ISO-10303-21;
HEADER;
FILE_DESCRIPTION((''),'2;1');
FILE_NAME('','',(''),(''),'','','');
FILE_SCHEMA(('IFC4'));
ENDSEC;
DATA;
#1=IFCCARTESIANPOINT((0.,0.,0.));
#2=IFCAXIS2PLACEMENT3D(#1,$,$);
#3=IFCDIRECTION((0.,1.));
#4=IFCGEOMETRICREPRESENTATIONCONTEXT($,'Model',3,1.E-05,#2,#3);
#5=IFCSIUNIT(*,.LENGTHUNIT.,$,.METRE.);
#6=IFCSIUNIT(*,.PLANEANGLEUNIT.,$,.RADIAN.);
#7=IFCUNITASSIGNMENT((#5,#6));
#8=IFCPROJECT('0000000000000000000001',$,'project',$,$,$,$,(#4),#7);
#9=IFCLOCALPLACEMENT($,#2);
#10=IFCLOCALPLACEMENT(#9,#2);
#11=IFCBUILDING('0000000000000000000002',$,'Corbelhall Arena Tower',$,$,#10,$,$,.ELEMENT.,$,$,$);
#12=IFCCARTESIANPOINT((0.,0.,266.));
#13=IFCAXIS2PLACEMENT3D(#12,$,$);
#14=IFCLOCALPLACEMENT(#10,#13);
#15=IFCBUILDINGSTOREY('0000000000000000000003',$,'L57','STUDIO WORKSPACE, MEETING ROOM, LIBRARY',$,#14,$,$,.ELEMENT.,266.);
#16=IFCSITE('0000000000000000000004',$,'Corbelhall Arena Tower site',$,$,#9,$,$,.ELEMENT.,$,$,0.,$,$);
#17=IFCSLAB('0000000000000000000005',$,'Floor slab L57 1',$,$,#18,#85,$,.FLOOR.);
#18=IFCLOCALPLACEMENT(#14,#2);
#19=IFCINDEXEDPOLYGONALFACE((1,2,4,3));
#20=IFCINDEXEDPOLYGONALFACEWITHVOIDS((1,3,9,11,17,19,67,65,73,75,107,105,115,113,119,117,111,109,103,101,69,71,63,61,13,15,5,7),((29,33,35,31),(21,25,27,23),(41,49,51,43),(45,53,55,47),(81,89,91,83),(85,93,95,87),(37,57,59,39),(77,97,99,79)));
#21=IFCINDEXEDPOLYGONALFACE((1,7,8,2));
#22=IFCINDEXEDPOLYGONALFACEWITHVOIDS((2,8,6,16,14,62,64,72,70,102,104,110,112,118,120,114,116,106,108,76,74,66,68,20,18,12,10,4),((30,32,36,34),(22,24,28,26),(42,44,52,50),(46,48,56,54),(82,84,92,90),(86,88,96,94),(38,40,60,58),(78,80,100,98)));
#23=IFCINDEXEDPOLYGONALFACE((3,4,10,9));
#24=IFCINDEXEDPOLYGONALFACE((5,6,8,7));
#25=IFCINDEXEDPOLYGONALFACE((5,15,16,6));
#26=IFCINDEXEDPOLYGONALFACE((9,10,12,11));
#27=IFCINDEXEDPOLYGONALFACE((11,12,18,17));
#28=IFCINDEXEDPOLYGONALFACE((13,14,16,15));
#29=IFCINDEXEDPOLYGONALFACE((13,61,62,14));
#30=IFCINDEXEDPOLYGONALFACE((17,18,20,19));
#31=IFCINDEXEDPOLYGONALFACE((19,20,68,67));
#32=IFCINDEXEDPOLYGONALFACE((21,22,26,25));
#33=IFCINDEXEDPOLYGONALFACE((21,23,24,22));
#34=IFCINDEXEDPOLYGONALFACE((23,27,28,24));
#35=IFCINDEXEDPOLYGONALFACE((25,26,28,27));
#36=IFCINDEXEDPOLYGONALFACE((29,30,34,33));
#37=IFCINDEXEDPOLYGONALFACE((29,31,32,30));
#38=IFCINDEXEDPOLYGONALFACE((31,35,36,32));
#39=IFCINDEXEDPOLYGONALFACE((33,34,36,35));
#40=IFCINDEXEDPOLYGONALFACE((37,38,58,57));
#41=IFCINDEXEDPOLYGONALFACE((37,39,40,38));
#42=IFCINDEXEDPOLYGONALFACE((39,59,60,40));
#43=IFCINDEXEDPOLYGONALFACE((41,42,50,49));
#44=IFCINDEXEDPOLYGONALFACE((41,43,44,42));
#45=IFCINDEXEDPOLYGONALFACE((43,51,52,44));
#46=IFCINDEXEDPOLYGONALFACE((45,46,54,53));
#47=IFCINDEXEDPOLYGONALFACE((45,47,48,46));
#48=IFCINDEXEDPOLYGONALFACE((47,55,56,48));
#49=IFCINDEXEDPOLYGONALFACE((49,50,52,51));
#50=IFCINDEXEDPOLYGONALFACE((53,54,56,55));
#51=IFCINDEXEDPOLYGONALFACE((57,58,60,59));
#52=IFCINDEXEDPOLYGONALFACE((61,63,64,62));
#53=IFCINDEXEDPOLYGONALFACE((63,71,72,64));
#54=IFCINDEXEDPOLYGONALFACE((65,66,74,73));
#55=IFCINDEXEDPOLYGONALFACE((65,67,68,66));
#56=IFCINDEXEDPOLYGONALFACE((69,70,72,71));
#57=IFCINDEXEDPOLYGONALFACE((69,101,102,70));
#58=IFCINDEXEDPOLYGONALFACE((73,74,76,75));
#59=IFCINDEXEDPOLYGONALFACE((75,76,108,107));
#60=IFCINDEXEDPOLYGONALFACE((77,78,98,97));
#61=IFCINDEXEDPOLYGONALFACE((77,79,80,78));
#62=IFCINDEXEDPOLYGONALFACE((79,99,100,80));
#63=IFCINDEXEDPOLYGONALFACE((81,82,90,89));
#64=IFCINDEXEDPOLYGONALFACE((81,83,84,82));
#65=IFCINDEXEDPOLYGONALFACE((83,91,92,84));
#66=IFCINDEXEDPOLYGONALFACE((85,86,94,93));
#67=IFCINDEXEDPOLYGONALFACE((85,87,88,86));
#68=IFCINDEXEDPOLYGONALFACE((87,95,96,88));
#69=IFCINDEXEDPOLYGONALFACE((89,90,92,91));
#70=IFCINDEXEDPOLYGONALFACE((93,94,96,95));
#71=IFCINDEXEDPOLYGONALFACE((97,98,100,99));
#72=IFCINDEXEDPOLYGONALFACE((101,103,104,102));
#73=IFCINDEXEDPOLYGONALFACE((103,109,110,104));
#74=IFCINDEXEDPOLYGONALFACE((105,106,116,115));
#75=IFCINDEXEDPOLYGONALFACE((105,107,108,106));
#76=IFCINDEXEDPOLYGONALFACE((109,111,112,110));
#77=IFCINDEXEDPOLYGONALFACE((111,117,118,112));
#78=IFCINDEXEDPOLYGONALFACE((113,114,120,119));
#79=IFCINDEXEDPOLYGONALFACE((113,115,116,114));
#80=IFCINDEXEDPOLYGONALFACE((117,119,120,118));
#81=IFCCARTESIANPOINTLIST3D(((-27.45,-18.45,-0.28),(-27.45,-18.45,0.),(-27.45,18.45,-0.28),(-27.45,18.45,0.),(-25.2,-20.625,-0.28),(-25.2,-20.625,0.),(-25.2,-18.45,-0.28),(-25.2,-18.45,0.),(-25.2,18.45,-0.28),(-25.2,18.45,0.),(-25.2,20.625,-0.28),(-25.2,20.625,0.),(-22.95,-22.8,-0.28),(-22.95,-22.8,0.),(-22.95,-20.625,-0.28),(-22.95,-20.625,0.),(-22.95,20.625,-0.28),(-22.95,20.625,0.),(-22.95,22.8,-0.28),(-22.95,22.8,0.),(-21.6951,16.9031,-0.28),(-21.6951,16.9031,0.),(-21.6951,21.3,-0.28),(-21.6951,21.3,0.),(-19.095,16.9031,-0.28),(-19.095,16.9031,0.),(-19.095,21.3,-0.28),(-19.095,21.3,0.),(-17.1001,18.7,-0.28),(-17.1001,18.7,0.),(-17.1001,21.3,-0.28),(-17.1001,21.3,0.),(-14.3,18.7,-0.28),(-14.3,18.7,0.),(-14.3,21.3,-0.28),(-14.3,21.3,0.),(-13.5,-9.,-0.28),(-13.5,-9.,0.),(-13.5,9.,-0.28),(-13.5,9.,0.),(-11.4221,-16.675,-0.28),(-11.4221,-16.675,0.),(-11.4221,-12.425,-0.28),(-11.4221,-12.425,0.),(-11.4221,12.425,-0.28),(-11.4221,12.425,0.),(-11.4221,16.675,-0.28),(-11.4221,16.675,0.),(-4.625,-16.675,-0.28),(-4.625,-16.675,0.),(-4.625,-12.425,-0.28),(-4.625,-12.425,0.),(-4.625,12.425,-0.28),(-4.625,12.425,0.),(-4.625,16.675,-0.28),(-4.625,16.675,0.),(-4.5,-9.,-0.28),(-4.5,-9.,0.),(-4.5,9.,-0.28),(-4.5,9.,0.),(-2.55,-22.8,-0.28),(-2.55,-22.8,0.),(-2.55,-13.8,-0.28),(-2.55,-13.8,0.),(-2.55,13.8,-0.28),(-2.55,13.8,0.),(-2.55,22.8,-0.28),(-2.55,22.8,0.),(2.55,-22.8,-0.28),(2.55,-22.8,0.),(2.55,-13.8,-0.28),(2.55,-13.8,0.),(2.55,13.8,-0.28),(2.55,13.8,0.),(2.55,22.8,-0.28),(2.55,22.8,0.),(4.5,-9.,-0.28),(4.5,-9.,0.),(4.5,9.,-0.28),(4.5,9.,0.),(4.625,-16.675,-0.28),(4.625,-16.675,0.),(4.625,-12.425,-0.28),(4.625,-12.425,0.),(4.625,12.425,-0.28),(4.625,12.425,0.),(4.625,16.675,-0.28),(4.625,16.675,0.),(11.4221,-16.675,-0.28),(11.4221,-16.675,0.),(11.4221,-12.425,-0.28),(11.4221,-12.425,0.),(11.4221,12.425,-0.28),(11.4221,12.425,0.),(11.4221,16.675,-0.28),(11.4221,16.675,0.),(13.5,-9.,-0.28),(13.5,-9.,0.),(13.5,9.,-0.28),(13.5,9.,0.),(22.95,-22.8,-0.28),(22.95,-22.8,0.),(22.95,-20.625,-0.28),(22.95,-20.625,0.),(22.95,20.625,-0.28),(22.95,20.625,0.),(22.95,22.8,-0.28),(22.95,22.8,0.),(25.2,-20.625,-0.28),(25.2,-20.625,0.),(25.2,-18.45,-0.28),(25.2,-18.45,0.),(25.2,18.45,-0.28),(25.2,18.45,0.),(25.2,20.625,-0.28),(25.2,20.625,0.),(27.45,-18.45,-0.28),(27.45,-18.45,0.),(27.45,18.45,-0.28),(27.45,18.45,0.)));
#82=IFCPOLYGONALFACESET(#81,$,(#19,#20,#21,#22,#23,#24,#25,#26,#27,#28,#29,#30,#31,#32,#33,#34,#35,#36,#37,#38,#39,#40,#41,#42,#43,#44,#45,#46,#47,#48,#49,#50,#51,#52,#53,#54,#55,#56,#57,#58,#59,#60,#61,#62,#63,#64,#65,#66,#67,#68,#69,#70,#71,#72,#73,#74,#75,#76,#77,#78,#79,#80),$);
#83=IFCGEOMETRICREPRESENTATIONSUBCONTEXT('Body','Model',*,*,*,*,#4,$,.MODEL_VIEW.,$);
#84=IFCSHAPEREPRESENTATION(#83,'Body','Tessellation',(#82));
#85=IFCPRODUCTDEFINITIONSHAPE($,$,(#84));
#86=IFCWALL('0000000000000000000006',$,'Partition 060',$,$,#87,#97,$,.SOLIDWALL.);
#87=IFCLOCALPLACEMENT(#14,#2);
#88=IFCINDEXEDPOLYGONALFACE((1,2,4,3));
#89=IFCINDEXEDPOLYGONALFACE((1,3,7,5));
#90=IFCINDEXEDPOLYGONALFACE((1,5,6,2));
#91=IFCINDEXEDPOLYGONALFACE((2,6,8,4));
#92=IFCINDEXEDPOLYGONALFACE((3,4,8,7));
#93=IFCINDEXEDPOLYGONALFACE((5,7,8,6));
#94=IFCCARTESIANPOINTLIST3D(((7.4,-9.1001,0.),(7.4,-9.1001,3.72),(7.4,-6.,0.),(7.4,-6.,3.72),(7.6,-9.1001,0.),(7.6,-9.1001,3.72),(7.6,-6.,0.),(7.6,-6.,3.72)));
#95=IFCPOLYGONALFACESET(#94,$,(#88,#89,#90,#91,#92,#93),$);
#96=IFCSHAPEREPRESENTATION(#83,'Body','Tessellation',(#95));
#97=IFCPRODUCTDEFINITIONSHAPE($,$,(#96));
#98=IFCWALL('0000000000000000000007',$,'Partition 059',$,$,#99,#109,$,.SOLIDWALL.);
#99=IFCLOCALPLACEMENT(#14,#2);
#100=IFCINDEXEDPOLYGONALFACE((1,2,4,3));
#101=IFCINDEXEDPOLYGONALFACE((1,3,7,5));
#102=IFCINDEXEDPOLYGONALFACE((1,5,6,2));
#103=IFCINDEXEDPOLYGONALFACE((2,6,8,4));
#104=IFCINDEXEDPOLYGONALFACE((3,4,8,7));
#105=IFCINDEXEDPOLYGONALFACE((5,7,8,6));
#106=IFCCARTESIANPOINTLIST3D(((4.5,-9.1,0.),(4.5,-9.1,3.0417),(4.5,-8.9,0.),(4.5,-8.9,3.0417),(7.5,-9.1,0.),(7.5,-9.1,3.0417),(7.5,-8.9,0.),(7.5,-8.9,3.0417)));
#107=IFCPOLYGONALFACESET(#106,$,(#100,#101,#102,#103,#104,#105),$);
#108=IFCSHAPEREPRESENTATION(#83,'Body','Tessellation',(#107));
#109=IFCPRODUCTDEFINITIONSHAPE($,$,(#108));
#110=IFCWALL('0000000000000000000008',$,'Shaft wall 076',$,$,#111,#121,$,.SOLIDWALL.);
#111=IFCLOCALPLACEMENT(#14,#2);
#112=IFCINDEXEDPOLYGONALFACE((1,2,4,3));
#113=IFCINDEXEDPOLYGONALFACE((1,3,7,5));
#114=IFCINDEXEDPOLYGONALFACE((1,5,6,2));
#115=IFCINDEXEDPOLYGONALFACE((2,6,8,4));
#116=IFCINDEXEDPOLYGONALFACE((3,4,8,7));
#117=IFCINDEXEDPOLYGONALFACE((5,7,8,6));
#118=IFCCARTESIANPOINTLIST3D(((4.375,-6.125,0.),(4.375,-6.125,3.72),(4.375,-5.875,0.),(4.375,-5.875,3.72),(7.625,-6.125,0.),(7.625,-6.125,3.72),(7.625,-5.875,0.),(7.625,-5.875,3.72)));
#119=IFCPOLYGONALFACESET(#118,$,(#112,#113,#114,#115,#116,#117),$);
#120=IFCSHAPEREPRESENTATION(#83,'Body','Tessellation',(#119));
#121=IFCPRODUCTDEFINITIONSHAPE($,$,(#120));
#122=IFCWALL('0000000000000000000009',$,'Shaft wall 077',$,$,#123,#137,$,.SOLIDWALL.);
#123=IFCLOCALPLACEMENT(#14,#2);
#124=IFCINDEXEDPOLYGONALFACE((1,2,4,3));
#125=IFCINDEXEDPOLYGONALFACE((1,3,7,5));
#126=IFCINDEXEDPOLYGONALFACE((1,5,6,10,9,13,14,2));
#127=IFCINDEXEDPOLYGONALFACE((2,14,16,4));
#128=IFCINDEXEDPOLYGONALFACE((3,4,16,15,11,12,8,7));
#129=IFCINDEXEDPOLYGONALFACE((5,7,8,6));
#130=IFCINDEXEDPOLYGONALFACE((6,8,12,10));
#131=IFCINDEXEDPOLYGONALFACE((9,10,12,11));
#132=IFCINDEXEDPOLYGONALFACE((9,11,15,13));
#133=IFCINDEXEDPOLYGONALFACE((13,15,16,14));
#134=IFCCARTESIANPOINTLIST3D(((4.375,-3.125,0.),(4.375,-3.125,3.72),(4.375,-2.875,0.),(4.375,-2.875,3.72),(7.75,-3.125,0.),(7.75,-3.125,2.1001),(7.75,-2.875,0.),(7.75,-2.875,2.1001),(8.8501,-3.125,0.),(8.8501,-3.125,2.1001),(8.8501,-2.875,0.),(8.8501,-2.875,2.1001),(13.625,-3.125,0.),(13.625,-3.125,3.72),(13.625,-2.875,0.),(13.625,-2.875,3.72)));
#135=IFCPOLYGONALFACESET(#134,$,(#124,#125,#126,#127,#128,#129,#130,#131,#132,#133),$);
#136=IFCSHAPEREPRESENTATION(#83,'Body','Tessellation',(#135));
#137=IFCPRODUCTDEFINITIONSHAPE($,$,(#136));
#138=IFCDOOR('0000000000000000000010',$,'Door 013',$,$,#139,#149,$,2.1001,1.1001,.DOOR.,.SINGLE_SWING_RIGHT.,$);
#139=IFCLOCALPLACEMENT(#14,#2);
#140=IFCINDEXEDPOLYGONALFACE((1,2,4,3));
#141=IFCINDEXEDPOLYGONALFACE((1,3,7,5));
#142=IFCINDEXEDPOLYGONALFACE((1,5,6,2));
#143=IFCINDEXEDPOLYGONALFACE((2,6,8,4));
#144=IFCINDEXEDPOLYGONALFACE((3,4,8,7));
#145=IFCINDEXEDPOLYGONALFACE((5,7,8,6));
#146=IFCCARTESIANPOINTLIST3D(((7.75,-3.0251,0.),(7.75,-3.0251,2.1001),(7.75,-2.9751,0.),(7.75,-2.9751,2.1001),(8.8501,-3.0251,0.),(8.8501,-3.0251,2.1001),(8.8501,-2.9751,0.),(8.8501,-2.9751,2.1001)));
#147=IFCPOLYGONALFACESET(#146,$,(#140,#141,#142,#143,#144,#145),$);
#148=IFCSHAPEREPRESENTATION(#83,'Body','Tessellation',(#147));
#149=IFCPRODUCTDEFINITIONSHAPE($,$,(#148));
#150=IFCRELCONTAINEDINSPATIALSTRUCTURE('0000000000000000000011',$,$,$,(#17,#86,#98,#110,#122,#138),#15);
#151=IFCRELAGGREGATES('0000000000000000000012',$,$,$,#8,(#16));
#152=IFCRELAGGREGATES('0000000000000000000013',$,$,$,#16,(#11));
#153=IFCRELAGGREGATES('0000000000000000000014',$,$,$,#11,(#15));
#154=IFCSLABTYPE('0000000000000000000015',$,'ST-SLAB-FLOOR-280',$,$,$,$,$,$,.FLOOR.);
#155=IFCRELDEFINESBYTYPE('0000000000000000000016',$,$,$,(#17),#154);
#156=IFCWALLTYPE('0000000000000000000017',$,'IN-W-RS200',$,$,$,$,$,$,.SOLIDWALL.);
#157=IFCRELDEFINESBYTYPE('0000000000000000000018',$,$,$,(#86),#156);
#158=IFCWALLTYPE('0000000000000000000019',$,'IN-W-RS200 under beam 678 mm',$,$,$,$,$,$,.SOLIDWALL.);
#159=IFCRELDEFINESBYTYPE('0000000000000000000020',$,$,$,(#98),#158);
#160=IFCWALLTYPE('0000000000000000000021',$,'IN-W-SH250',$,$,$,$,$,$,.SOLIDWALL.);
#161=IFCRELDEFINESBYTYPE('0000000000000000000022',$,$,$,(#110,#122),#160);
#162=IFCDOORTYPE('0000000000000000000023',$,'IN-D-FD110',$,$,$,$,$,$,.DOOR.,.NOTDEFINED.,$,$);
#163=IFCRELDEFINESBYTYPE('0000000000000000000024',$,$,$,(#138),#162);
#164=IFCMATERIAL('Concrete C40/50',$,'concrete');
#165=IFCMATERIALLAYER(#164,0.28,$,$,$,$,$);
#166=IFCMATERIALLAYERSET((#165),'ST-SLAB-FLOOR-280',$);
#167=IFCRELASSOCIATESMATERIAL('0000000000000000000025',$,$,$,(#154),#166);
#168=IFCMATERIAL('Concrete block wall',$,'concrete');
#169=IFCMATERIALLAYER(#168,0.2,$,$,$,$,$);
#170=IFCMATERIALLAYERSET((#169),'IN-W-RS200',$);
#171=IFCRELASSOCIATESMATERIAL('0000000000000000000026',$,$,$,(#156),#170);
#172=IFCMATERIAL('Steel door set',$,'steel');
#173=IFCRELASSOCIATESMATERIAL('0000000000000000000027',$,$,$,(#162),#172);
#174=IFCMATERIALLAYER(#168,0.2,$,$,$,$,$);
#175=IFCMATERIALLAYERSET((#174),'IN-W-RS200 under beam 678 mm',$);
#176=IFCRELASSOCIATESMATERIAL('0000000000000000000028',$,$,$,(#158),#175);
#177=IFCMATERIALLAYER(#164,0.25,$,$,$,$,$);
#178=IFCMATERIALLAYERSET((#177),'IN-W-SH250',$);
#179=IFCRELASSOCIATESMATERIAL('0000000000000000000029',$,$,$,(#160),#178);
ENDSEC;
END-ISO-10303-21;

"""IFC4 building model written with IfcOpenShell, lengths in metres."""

from ifc_helpers import new_model, si_unit, direction, frame, frame_2d, origin, place, context, subcontext, project, spatial, polyline, rectangle, outline, extrude, material, layer, layer_set, type_object, element, fill, save


model = new_model("IFC4")

# Units and contexts
model_context = context("Model", 3, precision=1e-05, world=origin(), true_north=direction((0.0, 1.0)))
body_context = subcontext(model_context, "Body", "Model", "MODEL_VIEW")
ifc_project = project(units=[si_unit("LENGTHUNIT", "METRE"), si_unit("PLANEANGLEUNIT", "RADIAN")], contexts=[model_context])

# Site, building, storey
site_placement = place(None, origin())
site = spatial("IfcSite", under=ifc_project, at=site_placement, Name="Corbelhall Arena Tower site", CompositionType="ELEMENT", RefElevation=0.0)
building_placement = place(site_placement, origin())
building = spatial("IfcBuilding", under=site, at=building_placement, Name="Corbelhall Arena Tower", CompositionType="ELEMENT")
storey_placement = place(building_placement, frame((0.0, 0.0, 266.0)))
storey = spatial("IfcBuildingStorey", under=building, at=storey_placement, Name="L57", Description="STUDIO WORKSPACE, MEETING ROOM, LIBRARY", CompositionType="ELEMENT", Elevation=266.0)

# Shared definitions
ifc_material_1 = material(Name="Concrete C40/50", Category="concrete")

# Slab
ifc_layer_1 = layer(ifc_material_1, 0.28)
ifc_layer_set_1 = layer_set([ifc_layer_1], Name="ST-SLAB-FLOOR-280")
slab_type_1 = type_object("IfcSlabType", Name="ST-SLAB-FLOOR-280", PredefinedType="FLOOR", material=ifc_layer_set_1)
slab_1_placement = place(storey_placement, frame((0.0, 0.0, -0.28)))
element("IfcSlab", 1, at=slab_1_placement, inside=storey, type_object=slab_type_1, Name="Floor slab L57 1", PredefinedType="FLOOR", context=body_context, shape_type="SweptSolid", body=[
    extrude(outline(polyline([(22.95, 22.8), (2.55, 22.8), (2.55, 13.8), (-2.55, 13.8), (-2.55, 22.8), (-22.95, 22.8), (-22.95, 20.625), (-25.2, 20.625), (-25.2, 18.45), (-27.45, 18.45), (-27.45, -18.45), (-25.2, -18.45), (-25.2, -20.625), (-22.95, -20.625), (-22.95, -22.8), (-2.55, -22.8), (-2.55, -13.8), (2.55, -13.8), (2.55, -22.8), (22.95, -22.8), (22.95, -20.625), (25.2, -20.625), (25.2, -18.45), (27.45, -18.45), (27.45, 18.45), (25.2, 18.45), (25.2, 20.625), (22.95, 20.625), (22.95, 22.8)]), holes=[polyline([(-13.5, 9.0), (-13.5, -9.0), (-4.5, -9.0), (-4.5, 9.0), (-13.5, 9.0)]), polyline([(4.5, 9.0), (4.5, -9.0), (13.5, -9.0), (13.5, 9.0), (4.5, 9.0)]), polyline([(-4.625, 16.675), (-11.4221, 16.675), (-11.4221, 12.425), (-4.625, 12.425), (-4.625, 16.675)]), polyline([(-4.625, -16.675), (-4.625, -12.425), (-11.4221, -12.425), (-11.4221, -16.675), (-4.625, -16.675)]), polyline([(11.4221, 16.675), (4.625, 16.675), (4.625, 12.425), (11.4221, 12.425), (11.4221, 16.675)]), polyline([(11.4221, -16.675), (11.4221, -12.425), (4.625, -12.425), (4.625, -16.675), (11.4221, -16.675)]), polyline([(-21.6951, 21.3), (-21.6951, 16.9031), (-19.095, 16.9031), (-19.095, 21.3), (-21.6951, 21.3)]), polyline([(-14.3, 21.3), (-17.1001, 21.3), (-17.1001, 18.7), (-14.3, 18.7), (-14.3, 21.3)])]), origin(), (0.0, 0.0, 1.0), 0.28),
])

# Wall
ifc_material_2 = material(Name="Concrete block wall", Category="concrete")
ifc_layer_2 = layer(ifc_material_2, 0.2)
ifc_layer_set_2 = layer_set([ifc_layer_2], Name="IN-W-RS200")
wall_type_1 = type_object("IfcWallType", Name="IN-W-RS200", PredefinedType="SOLIDWALL", material=ifc_layer_set_2)
wall_1_placement = place(storey_placement, frame((7.5, -6.0, 0.0), z_axis=(0.0, 0.0, 1.0), x_axis=(0.0, -1.0, 0.0)))
element("IfcWall", 2, at=wall_1_placement, inside=storey, type_object=wall_type_1, Name="Partition 060", PredefinedType="SOLIDWALL", context=body_context, shape_type="SweptSolid", body=[
    extrude(rectangle(XDim=3.1001, YDim=0.2, at=frame_2d((1.55, 0.0))), origin(), (0.0, 0.0, 1.0), 3.72),
])

# Shared definitions
ifc_material_3 = material(Name="Steel door set", Category="steel")
door_type_1 = type_object("IfcDoorType", Name="IN-D-FD110", OperationType="NOTDEFINED", PredefinedType="DOOR", material=ifc_material_3)
ifc_layer_3 = layer(ifc_material_2, 0.2)
ifc_layer_set_3 = layer_set([ifc_layer_3], Name="IN-W-RS200 under beam 678 mm")
wall_type_2 = type_object("IfcWallType", Name="IN-W-RS200 under beam 678 mm", PredefinedType="SOLIDWALL", material=ifc_layer_set_3)

# Walls
wall_2_placement = place(storey_placement, frame((7.5, -9.0, 0.0), z_axis=(0.0, 0.0, 1.0), x_axis=(-1.0, 0.0, 0.0)))
element("IfcWall", 3, at=wall_2_placement, inside=storey, type_object=wall_type_2, Name="Partition 059", PredefinedType="SOLIDWALL", context=body_context, shape_type="SweptSolid", body=[
    extrude(rectangle(XDim=3.0, YDim=0.2, at=frame_2d((1.5, 0.0))), origin(), (0.0, 0.0, 1.0), 3.0417),
])
ifc_layer_4 = layer(ifc_material_1, 0.25)
ifc_layer_set_4 = layer_set([ifc_layer_4], Name="IN-W-SH250")
wall_type_3 = type_object("IfcWallType", Name="IN-W-SH250", PredefinedType="SOLIDWALL", material=ifc_layer_set_4)
wall_3_placement = place(storey_placement, frame((4.375, -6.0, 0.0), z_axis=(0.0, 0.0, 1.0), x_axis=(1.0, 0.0, 0.0)))
element("IfcWall", 4, at=wall_3_placement, inside=storey, type_object=wall_type_3, Name="Shaft wall 076", PredefinedType="SOLIDWALL", context=body_context, shape_type="SweptSolid", body=[
    extrude(rectangle(XDim=3.25, YDim=0.25, at=frame_2d((1.625, 0.0))), origin(), (0.0, 0.0, 1.0), 3.72),
])

# Wall, opening, door
wall_4_placement = place(storey_placement, frame((4.375, -3.0, 0.0), z_axis=(0.0, 0.0, 1.0), x_axis=(1.0, 0.0, 0.0)))
wall_4 = element("IfcWall", 5, at=wall_4_placement, inside=storey, type_object=wall_type_3, Name="Shaft wall 077", PredefinedType="SOLIDWALL", context=body_context, shape_type="SweptSolid", body=[
    extrude(rectangle(XDim=9.25, YDim=0.25, at=frame_2d((4.625, 0.0))), origin(), (0.0, 0.0, 1.0), 3.72),
])
opening_1_placement = place(wall_4_placement, frame((3.375, 0.0, 0.0)))
opening_1 = element("IfcOpeningElement", 6, at=opening_1_placement, cuts=wall_4, PredefinedType="OPENING", context=body_context, shape_type="SweptSolid", body=[
    extrude(rectangle(XDim=1.1001, YDim=2.1001, at=frame_2d((0.55, 1.05))), frame((0.0, 0.125, 0.0), z_axis=(0.0, -1.0, 0.0), x_axis=(1.0, 0.0, 0.0)), (0.0, 0.0, 1.0), 0.25),
])
door_1_placement = place(opening_1_placement, origin())
door_1 = element("IfcDoor", 7, at=door_1_placement, inside=storey, type_object=door_type_1, Name="Door 013", OperationType="SINGLE_SWING_RIGHT", OverallHeight=2.1001, OverallWidth=1.1001, PredefinedType="DOOR", context=body_context, shape_type="SweptSolid", body=[
    extrude(rectangle(XDim=1.1001, YDim=2.1001, at=frame_2d((0.55, 1.05))), frame((0.0, 0.0249, 0.0), z_axis=(0.0, -1.0, 0.0), x_axis=(1.0, 0.0, 0.0)), (0.0, 0.0, 1.0), 0.05),
])
fill(opening_1, door_1)

save(model, "model.ifc")
